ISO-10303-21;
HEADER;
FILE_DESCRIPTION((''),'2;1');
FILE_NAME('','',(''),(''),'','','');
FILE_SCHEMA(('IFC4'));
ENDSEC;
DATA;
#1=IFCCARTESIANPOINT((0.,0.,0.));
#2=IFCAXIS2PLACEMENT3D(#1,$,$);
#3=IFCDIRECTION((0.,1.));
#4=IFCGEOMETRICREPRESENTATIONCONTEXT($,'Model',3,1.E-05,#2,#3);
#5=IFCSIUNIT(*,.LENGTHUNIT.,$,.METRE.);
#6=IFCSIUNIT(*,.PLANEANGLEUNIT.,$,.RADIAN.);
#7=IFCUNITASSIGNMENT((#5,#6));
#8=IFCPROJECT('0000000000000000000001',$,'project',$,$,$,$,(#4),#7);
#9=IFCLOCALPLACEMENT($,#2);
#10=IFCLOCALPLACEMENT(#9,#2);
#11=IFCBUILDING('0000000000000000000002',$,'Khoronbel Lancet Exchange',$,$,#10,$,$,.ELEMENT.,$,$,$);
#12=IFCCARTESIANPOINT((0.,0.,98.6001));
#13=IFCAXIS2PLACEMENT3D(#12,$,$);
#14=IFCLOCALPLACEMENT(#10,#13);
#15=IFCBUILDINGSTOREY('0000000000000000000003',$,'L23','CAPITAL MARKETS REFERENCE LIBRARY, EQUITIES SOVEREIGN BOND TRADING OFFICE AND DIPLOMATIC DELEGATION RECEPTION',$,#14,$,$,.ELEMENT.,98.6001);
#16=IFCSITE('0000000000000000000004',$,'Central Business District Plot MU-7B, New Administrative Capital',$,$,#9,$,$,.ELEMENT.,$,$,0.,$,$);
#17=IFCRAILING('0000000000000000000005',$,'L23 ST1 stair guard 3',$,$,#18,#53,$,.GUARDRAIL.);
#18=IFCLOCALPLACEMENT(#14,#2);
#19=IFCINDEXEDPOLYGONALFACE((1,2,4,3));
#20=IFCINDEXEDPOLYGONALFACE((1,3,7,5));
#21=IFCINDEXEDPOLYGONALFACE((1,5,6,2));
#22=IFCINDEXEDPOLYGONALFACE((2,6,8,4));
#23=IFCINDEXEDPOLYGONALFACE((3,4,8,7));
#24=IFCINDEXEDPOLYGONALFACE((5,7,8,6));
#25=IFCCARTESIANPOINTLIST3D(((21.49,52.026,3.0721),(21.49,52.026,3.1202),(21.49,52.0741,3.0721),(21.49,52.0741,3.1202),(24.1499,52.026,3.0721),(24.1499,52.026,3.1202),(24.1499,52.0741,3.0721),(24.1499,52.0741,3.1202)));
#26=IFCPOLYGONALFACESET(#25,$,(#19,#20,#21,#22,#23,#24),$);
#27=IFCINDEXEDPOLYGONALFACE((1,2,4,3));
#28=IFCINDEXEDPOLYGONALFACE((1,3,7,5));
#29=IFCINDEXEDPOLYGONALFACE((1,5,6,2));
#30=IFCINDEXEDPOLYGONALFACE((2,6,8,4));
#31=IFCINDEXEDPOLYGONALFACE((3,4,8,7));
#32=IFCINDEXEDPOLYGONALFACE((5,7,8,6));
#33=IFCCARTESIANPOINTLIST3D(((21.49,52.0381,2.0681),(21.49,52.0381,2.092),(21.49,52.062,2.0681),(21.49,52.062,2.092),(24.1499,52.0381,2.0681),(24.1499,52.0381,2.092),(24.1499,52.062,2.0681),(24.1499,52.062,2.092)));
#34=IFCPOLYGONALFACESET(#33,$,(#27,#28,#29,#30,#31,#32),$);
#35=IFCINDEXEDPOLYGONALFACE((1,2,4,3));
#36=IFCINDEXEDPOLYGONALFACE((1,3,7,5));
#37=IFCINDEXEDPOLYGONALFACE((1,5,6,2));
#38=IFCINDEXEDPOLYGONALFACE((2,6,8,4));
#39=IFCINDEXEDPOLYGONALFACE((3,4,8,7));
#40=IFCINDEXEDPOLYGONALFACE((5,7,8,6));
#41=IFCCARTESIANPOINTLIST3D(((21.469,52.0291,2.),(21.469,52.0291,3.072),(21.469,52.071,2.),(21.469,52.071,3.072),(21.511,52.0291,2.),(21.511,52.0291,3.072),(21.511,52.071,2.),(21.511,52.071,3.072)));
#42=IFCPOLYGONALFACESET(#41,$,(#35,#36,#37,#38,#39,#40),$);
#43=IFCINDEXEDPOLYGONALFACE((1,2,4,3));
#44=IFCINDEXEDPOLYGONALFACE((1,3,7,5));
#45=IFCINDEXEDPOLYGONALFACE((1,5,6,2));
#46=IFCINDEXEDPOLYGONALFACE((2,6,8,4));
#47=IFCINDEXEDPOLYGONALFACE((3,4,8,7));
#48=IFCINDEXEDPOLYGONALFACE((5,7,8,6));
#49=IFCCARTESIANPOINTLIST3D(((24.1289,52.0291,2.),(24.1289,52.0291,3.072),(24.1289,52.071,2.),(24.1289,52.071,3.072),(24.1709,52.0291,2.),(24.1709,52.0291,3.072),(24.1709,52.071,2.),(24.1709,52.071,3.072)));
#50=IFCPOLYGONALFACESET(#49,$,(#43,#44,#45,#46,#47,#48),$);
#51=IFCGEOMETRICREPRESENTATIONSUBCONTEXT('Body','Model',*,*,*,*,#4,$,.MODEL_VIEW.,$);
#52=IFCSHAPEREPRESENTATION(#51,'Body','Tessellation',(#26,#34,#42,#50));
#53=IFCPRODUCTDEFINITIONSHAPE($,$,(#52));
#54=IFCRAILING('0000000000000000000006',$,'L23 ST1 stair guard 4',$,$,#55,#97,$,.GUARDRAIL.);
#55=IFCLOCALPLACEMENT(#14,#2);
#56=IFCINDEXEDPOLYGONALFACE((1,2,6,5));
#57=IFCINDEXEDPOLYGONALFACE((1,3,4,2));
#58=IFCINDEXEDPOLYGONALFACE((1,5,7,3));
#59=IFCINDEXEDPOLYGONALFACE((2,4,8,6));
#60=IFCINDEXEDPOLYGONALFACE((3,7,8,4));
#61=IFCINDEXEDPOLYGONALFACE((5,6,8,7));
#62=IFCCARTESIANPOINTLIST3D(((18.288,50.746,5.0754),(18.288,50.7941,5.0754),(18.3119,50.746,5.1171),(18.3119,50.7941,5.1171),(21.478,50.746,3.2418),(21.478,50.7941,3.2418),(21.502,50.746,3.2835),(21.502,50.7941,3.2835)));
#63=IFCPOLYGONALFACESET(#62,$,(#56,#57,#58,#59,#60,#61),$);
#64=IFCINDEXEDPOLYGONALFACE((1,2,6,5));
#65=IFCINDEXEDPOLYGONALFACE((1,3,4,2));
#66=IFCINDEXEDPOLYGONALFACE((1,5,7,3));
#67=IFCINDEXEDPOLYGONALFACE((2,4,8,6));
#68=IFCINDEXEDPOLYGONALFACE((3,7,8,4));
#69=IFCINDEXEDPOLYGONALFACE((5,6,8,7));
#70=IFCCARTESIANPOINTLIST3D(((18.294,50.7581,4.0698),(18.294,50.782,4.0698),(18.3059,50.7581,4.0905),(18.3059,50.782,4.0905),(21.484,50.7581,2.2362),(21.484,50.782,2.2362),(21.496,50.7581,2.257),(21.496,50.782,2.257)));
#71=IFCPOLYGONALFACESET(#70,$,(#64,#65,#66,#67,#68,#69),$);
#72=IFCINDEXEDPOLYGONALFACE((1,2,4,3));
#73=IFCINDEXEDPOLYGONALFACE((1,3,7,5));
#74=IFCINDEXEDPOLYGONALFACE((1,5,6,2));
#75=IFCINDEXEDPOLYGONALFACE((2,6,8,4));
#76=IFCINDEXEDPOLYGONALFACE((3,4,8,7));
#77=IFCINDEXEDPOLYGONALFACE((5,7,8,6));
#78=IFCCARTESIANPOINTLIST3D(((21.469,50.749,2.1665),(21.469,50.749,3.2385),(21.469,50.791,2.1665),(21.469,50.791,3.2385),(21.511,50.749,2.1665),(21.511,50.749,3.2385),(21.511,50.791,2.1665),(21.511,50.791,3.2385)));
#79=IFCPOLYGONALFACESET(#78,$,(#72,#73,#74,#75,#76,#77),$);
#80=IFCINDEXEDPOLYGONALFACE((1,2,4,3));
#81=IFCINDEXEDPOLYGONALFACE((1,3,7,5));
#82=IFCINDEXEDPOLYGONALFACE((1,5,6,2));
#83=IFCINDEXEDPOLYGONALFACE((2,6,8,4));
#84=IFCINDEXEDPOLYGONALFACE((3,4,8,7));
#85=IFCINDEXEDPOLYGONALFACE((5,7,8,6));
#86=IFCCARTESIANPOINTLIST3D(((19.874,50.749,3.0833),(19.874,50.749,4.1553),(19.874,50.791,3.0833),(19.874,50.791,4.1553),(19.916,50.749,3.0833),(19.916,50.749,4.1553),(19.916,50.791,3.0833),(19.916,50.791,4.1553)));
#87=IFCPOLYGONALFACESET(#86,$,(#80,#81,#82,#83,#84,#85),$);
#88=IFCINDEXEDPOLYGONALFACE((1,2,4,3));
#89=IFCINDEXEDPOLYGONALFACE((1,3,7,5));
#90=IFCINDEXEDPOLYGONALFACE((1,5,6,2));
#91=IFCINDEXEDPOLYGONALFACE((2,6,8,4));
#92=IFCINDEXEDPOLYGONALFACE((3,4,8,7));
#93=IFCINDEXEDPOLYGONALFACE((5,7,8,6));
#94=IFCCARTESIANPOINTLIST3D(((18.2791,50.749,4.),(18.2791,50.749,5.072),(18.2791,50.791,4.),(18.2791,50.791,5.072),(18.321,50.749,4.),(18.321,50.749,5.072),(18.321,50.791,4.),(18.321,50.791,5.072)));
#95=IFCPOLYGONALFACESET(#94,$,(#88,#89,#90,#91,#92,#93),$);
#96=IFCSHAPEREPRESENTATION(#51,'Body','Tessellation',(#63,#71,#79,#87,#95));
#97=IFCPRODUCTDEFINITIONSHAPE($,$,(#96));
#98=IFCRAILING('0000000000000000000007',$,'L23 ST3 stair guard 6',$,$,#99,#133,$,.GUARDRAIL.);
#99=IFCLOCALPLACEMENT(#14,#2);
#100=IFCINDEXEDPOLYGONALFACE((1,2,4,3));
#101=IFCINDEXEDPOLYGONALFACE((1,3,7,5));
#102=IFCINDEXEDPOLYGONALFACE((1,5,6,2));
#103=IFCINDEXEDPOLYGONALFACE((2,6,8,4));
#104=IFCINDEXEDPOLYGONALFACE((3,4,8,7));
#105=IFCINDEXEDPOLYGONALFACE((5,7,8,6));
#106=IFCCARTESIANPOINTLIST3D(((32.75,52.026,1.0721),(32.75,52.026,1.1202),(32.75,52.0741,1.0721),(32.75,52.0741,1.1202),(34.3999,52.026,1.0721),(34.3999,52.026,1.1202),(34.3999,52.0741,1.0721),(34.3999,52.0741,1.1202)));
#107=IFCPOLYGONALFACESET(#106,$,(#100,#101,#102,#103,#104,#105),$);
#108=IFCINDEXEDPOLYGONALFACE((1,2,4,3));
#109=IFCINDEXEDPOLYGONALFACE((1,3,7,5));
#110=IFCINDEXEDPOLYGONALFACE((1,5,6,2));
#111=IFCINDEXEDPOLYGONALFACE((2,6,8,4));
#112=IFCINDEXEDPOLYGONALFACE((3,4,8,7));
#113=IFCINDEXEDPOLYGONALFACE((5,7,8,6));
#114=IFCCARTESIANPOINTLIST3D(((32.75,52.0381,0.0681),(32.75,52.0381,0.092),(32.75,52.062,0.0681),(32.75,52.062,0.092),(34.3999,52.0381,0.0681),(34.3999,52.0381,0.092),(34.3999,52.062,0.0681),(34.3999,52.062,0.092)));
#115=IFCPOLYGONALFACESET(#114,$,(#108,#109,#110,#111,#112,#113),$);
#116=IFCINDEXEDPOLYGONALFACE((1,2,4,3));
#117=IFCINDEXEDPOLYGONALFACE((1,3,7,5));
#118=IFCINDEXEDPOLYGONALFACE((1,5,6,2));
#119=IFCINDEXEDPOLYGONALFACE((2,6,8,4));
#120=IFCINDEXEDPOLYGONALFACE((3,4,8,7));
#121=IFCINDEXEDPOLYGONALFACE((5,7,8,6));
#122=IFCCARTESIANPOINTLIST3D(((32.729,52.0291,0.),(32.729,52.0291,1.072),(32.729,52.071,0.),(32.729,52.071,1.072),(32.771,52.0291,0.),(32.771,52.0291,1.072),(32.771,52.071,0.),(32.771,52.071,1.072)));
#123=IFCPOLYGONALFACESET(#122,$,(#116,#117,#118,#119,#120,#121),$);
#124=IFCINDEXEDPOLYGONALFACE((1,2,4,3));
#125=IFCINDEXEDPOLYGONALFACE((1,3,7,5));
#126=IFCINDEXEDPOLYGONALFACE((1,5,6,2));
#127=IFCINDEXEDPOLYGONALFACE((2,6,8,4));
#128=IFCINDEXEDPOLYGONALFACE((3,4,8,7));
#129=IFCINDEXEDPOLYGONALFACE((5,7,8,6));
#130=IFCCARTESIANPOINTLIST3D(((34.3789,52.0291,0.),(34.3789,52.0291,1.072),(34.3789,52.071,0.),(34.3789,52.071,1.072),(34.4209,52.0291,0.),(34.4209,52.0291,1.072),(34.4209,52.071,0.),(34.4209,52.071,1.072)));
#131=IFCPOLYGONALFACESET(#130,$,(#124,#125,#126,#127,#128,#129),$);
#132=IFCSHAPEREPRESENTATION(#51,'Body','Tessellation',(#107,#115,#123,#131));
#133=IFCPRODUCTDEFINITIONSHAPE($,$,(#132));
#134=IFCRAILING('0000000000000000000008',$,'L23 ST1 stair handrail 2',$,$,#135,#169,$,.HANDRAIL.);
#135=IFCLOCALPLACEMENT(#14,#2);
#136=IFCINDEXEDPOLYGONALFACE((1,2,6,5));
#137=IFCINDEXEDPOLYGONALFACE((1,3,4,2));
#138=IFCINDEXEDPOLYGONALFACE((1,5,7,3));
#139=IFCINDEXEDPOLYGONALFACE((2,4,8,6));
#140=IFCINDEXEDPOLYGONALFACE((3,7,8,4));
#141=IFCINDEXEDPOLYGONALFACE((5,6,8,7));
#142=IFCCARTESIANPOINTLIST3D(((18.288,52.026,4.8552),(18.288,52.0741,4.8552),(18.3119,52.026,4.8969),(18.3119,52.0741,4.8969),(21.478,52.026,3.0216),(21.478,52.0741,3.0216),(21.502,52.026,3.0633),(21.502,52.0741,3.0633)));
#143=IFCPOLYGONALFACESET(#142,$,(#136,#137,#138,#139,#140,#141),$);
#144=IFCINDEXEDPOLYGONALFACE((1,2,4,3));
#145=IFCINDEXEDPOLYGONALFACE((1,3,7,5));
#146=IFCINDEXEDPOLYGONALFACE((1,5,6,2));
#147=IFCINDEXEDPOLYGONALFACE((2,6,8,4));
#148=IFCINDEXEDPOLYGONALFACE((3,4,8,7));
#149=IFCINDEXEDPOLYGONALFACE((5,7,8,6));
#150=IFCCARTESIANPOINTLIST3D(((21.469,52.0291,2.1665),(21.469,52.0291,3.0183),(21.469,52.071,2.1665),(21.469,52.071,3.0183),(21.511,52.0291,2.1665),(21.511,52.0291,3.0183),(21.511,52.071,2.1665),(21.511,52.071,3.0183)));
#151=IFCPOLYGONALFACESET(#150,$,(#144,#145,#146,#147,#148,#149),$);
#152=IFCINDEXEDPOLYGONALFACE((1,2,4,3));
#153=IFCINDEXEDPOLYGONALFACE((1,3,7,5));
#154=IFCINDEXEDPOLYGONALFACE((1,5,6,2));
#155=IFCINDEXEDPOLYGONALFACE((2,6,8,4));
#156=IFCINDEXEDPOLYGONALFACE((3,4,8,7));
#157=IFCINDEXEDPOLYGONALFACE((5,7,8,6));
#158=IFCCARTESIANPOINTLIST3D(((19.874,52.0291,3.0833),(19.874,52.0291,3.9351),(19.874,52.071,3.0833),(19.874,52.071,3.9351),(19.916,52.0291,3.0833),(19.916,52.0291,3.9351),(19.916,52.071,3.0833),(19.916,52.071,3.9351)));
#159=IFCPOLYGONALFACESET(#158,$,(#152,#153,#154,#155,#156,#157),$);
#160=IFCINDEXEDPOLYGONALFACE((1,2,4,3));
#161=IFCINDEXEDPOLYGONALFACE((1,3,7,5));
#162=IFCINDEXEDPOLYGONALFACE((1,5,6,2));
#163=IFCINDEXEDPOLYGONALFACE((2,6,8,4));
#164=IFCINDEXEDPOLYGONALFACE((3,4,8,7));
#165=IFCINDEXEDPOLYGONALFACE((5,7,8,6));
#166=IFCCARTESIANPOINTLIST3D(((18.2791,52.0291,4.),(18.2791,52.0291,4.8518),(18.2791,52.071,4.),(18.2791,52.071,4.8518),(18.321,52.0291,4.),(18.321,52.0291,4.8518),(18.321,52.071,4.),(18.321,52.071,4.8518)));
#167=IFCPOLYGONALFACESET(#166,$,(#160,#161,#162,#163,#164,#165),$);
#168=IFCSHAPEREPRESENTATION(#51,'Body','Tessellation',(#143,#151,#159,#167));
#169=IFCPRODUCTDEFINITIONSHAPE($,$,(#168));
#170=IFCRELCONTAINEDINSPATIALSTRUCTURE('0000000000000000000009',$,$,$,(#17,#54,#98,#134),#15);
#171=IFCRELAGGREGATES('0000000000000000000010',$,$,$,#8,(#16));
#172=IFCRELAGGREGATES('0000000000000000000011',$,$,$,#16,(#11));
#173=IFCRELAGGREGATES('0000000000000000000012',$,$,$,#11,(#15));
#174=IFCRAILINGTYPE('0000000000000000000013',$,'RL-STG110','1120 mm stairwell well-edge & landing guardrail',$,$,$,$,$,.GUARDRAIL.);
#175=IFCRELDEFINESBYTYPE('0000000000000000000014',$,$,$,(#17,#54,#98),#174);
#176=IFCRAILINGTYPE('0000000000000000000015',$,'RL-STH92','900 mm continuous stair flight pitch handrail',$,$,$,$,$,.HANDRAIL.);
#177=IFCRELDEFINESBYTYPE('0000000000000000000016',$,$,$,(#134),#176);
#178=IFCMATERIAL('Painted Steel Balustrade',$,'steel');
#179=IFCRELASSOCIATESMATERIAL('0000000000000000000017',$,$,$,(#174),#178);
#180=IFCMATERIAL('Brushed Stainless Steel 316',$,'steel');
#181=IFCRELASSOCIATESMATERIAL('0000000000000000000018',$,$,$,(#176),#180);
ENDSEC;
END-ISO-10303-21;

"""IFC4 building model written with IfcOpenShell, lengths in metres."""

from ifc_helpers import new_model, si_unit, direction, frame, origin, origin_2d, place, context, subcontext, project, spatial, rectangle, extrude, material, type_object, element, save


model = new_model("IFC4")

# Units and contexts
model_context = context("Model", 3, precision=1e-05, world=origin(), true_north=direction((0.0, 1.0)))
body_context = subcontext(model_context, "Body", "Model", "MODEL_VIEW")
ifc_project = project(units=[si_unit("LENGTHUNIT", "METRE"), si_unit("PLANEANGLEUNIT", "RADIAN")], contexts=[model_context])

# Site, building, storey
site_placement = place(None, origin())
site = spatial("IfcSite", under=ifc_project, at=site_placement, Name="Central Business District Plot MU-7B, New Administrative Capital", CompositionType="ELEMENT", RefElevation=0.0)
building_placement = place(site_placement, origin())
building = spatial("IfcBuilding", under=site, at=building_placement, Name="Khoronbel Lancet Exchange", CompositionType="ELEMENT")
storey_placement = place(building_placement, frame((0.0, 0.0, 98.6001)))
storey = spatial("IfcBuildingStorey", under=building, at=storey_placement, Name="L23", Description="CAPITAL MARKETS REFERENCE LIBRARY, EQUITIES SOVEREIGN BOND TRADING OFFICE AND DIPLOMATIC DELEGATION RECEPTION", CompositionType="ELEMENT", Elevation=98.6001)

# Railings
ifc_material_1 = material(Name="Painted Steel Balustrade", Category="steel")
railing_type_1 = type_object("IfcRailingType", Name="RL-STG110", Description="1120 mm stairwell well-edge & landing guardrail", PredefinedType="GUARDRAIL", material=ifc_material_1)
railing_1_placement = place(storey_placement, frame((21.49, 52.05, 2.0)))
element("IfcRailing", 1, at=railing_1_placement, inside=storey, type_object=railing_type_1, Name="L23 ST1 stair guard 3", PredefinedType="GUARDRAIL", context=body_context, shape_type="SweptSolid", body=[
    extrude(rectangle(XDim=0.0481, YDim=0.0481, at=origin_2d()), frame((0.0, 0.0, 1.0962), z_axis=(1.0, 0.0, 0.0), x_axis=(0.0, 1.0, 0.0)), (0.0, 0.0, 1.0), 2.6599),
    extrude(rectangle(XDim=0.0239, YDim=0.0239, at=origin_2d()), frame((0.0, 0.0, 0.0801), z_axis=(1.0, 0.0, 0.0), x_axis=(0.0, 1.0, 0.0)), (0.0, 0.0, 1.0), 2.6599),
    extrude(rectangle(XDim=0.042, YDim=0.042, at=origin_2d()), origin(), (0.0, 0.0, 1.0), 1.072),
    extrude(rectangle(XDim=0.042, YDim=0.042, at=origin_2d()), frame((2.6599, 0.0, 0.0)), (0.0, 0.0, 1.0), 1.072),
])
railing_2_placement = place(storey_placement, frame((21.49, 50.77, 2.1665)))
element("IfcRailing", 2, at=railing_2_placement, inside=storey, type_object=railing_type_1, Name="L23 ST1 stair guard 4", PredefinedType="GUARDRAIL", context=body_context, shape_type="SweptSolid", body=[
    extrude(rectangle(XDim=0.0481, YDim=0.0481, at=origin_2d()), frame((0.0, 0.0, 1.0962), z_axis=(-0.866991, 0.0, 0.498324), x_axis=(0.0, -1.0, 0.0)), (0.0, 0.0, 1.0), 3.6794),
    extrude(rectangle(XDim=0.0239, YDim=0.0239, at=origin_2d()), frame((0.0, 0.0, 0.0801), z_axis=(-0.866991, 0.0, 0.498324), x_axis=(0.0, -1.0, 0.0)), (0.0, 0.0, 1.0), 3.6794),
    extrude(rectangle(XDim=0.042, YDim=0.042, at=origin_2d()), origin(), (0.0, 0.0, 1.0), 1.072),
    extrude(rectangle(XDim=0.042, YDim=0.042, at=origin_2d()), frame((-1.595, 0.0, 0.9167)), (0.0, 0.0, 1.0), 1.072),
    extrude(rectangle(XDim=0.042, YDim=0.042, at=origin_2d()), frame((-3.1899, 0.0, 1.8335)), (0.0, 0.0, 1.0), 1.072),
])
railing_3_placement = place(storey_placement, frame((32.75, 52.05, 0.0)))
element("IfcRailing", 3, at=railing_3_placement, inside=storey, type_object=railing_type_1, Name="L23 ST3 stair guard 6", PredefinedType="GUARDRAIL", context=body_context, shape_type="SweptSolid", body=[
    extrude(rectangle(XDim=0.0481, YDim=0.0481, at=origin_2d()), frame((0.0, 0.0, 1.0962), z_axis=(1.0, 0.0, 0.0), x_axis=(0.0, 1.0, 0.0)), (0.0, 0.0, 1.0), 1.6499),
    extrude(rectangle(XDim=0.0239, YDim=0.0239, at=origin_2d()), frame((0.0, 0.0, 0.0801), z_axis=(1.0, 0.0, 0.0), x_axis=(0.0, 1.0, 0.0)), (0.0, 0.0, 1.0), 1.6499),
    extrude(rectangle(XDim=0.042, YDim=0.042, at=origin_2d()), origin(), (0.0, 0.0, 1.0), 1.072),
    extrude(rectangle(XDim=0.042, YDim=0.042, at=origin_2d()), frame((1.6499, 0.0, 0.0)), (0.0, 0.0, 1.0), 1.072),
])
ifc_material_2 = material(Name="Brushed Stainless Steel 316", Category="steel")
railing_type_2 = type_object("IfcRailingType", Name="RL-STH92", Description="900 mm continuous stair flight pitch handrail", PredefinedType="HANDRAIL", material=ifc_material_2)
railing_4_placement = place(storey_placement, frame((21.49, 52.05, 2.1665)))
element("IfcRailing", 4, at=railing_4_placement, inside=storey, type_object=railing_type_2, Name="L23 ST1 stair handrail 2", PredefinedType="HANDRAIL", context=body_context, shape_type="SweptSolid", body=[
    extrude(rectangle(XDim=0.0481, YDim=0.0481, at=origin_2d()), frame((0.0, 0.0, 0.876), z_axis=(-0.866991, 0.0, 0.498324), x_axis=(0.0, -1.0, 0.0)), (0.0, 0.0, 1.0), 3.6794),
    extrude(rectangle(XDim=0.042, YDim=0.042, at=origin_2d()), origin(), (0.0, 0.0, 1.0), 0.8518),
    extrude(rectangle(XDim=0.042, YDim=0.042, at=origin_2d()), frame((-1.595, 0.0, 0.9167)), (0.0, 0.0, 1.0), 0.8518),
    extrude(rectangle(XDim=0.042, YDim=0.042, at=origin_2d()), frame((-3.1899, 0.0, 1.8335)), (0.0, 0.0, 1.0), 0.8518),
])

save(model, "model.ifc")
